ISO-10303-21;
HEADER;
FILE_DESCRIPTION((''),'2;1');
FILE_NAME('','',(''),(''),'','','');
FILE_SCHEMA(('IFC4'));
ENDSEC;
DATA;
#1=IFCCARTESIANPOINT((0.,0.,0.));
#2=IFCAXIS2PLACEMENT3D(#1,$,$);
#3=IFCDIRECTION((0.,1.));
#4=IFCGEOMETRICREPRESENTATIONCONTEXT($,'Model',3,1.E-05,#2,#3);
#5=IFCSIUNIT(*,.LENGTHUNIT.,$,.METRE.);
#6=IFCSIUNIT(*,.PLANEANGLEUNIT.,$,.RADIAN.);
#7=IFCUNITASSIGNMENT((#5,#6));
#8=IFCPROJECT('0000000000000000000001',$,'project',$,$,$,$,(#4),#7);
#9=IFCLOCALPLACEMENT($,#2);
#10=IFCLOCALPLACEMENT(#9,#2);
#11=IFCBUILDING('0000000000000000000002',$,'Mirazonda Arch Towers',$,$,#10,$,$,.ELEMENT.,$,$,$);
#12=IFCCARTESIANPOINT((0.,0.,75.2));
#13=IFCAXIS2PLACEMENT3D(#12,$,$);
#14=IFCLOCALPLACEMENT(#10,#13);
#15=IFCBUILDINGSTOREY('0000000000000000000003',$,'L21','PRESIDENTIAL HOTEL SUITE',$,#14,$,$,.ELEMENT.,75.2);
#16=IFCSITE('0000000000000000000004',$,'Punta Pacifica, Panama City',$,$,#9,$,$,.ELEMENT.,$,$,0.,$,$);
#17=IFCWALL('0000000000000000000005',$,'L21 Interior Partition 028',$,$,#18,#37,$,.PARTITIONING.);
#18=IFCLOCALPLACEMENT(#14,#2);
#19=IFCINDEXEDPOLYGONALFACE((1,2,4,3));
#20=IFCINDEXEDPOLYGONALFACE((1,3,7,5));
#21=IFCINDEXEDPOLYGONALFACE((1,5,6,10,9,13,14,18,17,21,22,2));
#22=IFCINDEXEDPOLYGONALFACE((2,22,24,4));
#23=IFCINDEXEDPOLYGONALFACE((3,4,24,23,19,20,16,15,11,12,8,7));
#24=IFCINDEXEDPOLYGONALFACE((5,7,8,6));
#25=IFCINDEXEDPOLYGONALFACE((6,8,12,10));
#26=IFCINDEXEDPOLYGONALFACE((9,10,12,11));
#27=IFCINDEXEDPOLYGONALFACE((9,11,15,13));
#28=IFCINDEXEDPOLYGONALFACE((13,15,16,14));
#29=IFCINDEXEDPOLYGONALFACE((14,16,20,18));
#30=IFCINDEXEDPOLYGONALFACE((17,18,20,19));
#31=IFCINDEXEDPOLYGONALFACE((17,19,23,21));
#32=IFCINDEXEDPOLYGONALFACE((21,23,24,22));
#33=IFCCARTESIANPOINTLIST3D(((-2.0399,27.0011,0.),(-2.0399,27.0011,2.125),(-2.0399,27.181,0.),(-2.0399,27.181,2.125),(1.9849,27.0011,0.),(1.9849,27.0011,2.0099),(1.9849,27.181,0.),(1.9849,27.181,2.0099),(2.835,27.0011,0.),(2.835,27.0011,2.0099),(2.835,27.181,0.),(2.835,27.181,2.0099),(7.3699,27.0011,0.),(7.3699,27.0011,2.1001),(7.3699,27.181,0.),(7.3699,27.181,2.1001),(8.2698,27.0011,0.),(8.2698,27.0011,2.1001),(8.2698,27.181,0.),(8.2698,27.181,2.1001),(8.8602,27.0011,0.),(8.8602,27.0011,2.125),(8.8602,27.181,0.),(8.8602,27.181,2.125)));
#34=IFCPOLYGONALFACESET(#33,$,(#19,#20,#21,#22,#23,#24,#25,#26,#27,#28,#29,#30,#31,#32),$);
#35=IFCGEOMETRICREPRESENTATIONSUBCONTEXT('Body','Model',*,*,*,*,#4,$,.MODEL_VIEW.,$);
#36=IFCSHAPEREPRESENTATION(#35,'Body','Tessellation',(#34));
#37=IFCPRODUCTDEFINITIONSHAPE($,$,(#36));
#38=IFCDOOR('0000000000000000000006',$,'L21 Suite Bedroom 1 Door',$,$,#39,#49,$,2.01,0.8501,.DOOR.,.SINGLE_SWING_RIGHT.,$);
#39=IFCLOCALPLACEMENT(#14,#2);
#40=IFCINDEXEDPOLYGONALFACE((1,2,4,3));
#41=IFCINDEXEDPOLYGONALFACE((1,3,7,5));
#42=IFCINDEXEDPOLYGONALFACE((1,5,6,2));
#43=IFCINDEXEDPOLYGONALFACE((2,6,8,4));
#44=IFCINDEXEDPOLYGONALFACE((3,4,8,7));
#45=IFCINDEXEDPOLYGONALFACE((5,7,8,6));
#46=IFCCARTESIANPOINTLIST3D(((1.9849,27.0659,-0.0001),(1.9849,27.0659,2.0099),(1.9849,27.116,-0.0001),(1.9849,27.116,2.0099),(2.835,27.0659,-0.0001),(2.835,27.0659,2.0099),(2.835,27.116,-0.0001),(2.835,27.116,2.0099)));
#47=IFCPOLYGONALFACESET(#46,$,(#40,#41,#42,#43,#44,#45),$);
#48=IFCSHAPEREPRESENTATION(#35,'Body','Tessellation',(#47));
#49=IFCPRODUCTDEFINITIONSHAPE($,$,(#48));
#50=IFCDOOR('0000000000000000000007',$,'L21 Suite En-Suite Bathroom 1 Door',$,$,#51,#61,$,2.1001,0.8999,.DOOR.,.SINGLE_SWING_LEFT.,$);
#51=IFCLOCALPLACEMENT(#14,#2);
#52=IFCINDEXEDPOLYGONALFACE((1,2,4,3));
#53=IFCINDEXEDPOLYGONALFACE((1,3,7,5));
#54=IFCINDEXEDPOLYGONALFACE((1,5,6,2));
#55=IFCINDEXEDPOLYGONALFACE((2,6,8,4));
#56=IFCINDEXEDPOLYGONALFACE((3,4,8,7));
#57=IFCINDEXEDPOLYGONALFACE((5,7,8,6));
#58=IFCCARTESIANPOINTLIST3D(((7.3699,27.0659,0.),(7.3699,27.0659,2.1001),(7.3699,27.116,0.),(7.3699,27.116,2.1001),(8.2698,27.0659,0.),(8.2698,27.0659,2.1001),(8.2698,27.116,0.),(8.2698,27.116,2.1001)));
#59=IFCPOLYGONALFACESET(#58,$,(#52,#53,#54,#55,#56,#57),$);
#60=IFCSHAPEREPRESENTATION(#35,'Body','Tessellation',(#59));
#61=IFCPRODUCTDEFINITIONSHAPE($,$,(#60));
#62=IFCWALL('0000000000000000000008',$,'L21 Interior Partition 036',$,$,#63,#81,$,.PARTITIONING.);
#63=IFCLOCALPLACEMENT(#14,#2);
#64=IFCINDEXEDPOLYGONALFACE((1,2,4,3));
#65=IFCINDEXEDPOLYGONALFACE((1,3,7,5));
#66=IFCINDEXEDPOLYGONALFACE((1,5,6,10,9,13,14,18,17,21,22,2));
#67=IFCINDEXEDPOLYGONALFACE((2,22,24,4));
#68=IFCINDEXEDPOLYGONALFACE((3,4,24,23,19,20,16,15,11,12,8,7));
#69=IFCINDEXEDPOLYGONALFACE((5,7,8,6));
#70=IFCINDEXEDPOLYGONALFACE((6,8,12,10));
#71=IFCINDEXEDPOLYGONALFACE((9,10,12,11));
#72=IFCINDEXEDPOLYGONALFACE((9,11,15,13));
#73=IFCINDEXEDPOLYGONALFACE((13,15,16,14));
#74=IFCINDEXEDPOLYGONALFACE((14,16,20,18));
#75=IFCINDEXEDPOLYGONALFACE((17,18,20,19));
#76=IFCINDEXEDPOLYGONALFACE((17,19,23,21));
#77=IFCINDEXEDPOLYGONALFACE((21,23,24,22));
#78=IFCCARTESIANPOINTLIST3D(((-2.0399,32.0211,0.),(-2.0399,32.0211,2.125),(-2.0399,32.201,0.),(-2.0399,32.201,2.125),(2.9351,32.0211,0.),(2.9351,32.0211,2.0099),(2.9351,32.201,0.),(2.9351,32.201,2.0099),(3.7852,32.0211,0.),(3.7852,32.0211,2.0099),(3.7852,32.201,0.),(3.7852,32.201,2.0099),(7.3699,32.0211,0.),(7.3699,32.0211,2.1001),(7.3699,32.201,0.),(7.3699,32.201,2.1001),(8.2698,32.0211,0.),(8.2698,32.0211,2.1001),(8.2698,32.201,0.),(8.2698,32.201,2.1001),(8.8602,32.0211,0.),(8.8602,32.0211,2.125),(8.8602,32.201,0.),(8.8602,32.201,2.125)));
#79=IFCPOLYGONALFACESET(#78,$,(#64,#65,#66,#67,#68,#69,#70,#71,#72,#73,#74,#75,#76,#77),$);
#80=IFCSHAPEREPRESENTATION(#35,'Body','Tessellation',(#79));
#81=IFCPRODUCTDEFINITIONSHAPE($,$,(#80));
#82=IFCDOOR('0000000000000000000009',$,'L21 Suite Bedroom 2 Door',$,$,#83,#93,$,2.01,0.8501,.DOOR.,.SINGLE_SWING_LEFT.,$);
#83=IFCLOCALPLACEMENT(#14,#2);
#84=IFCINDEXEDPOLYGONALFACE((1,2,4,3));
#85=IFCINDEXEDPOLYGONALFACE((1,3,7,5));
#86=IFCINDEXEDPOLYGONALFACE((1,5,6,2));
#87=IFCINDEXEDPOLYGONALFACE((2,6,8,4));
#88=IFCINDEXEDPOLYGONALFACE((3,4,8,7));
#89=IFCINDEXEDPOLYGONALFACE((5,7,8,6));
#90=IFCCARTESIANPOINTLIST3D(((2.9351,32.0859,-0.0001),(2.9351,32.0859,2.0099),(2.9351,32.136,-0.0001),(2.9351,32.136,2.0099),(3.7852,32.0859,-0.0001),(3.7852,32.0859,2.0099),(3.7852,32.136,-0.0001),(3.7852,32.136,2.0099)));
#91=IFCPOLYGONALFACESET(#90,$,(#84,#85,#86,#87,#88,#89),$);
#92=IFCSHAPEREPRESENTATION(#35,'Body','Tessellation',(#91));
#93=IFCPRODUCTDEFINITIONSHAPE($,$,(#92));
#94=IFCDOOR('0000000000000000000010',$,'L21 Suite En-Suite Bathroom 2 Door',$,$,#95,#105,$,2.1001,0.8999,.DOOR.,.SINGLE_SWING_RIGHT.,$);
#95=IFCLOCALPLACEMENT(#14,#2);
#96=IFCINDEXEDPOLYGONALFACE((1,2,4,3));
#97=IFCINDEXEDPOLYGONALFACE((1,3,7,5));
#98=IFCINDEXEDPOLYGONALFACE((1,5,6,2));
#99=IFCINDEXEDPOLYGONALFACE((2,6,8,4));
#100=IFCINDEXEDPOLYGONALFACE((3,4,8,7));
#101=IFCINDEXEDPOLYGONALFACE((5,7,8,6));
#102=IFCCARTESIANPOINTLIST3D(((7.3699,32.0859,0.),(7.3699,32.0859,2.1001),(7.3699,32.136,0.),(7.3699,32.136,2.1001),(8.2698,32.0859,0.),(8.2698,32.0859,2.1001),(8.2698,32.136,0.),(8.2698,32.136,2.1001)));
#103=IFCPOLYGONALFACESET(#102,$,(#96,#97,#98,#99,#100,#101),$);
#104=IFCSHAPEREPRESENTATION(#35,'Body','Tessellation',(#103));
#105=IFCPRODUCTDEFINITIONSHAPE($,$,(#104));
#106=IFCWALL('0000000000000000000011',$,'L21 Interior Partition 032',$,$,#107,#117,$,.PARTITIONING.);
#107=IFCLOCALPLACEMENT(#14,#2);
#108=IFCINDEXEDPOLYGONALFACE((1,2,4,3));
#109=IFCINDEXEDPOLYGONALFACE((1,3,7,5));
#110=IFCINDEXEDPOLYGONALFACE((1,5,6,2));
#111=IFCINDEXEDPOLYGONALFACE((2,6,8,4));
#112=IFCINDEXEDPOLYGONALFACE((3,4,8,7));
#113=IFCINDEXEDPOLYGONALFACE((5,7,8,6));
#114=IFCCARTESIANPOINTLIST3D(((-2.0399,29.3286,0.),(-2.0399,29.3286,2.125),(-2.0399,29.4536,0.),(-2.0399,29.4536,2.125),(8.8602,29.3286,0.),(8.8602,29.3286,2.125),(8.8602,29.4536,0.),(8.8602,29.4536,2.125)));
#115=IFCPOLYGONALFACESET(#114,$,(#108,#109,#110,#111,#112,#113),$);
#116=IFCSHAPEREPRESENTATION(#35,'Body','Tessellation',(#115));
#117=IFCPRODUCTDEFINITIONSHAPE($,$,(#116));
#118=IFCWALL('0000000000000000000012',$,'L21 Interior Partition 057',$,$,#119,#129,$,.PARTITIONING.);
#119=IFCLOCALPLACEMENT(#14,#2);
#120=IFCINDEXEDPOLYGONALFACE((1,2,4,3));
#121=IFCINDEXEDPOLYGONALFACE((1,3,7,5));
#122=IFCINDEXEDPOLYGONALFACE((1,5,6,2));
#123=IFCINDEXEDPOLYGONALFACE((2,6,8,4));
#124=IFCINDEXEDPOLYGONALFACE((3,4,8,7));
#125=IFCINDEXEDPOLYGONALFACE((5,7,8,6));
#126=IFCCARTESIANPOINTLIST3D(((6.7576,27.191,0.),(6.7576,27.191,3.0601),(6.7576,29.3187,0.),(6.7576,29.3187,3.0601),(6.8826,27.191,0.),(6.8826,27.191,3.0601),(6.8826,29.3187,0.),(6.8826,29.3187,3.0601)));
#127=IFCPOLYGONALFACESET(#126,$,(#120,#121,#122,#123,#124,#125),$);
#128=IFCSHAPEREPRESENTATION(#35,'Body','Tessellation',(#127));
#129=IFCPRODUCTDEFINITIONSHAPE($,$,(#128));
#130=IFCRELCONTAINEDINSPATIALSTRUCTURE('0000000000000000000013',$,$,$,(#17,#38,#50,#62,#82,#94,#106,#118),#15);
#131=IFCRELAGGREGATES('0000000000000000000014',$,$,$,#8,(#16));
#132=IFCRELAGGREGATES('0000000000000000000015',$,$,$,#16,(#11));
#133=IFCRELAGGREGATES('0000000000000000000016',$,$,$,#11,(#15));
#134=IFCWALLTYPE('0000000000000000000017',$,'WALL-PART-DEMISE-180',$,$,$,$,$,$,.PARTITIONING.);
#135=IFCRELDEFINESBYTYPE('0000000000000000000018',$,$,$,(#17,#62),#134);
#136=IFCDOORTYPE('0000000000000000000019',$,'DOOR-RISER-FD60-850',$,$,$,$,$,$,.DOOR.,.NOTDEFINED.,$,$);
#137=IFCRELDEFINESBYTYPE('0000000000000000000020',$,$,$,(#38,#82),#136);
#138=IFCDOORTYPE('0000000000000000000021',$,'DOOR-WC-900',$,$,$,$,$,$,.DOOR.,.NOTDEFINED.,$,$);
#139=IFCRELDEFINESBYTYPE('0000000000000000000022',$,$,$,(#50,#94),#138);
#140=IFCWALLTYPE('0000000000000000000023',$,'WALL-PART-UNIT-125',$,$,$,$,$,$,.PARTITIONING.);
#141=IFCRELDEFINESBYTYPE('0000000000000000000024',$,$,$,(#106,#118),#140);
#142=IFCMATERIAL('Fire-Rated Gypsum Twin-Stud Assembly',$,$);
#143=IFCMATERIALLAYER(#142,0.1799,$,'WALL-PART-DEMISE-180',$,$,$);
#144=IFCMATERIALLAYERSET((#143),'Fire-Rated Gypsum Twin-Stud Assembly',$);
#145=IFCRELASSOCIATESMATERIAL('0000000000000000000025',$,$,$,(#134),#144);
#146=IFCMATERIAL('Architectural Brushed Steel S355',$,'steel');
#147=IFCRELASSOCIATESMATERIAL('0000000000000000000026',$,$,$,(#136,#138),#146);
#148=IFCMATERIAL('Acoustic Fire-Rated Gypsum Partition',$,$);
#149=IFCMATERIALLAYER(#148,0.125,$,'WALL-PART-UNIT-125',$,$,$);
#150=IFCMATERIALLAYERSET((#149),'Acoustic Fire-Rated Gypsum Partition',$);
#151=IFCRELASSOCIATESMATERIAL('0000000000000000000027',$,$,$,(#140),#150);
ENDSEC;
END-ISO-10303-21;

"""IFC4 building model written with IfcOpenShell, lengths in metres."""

from ifc_helpers import new_model, si_unit, direction, frame, frame_2d, origin, place, context, subcontext, project, spatial, rectangle, extrude, material, layer, layer_set, type_object, element, fill, save


model = new_model("IFC4")

# Units and contexts
model_context = context("Model", 3, precision=1e-05, world=origin(), true_north=direction((0.0, 1.0)))
body_context = subcontext(model_context, "Body", "Model", "MODEL_VIEW")
ifc_project = project(units=[si_unit("LENGTHUNIT", "METRE"), si_unit("PLANEANGLEUNIT", "RADIAN")], contexts=[model_context])

# Site, building, storey
site_placement = place(None, origin())
site = spatial("IfcSite", under=ifc_project, at=site_placement, Name="Punta Pacifica, Panama City", CompositionType="ELEMENT", RefElevation=0.0)
building_placement = place(site_placement, origin())
building = spatial("IfcBuilding", under=site, at=building_placement, Name="Mirazonda Arch Towers", CompositionType="ELEMENT")
storey_placement = place(building_placement, frame((0.0, 0.0, 75.2)))
storey = spatial("IfcBuildingStorey", under=building, at=storey_placement, Name="L21", Description="PRESIDENTIAL HOTEL SUITE", CompositionType="ELEMENT", Elevation=75.2)

# Walls, openings, doors
ifc_material_1 = material(Name="Fire-Rated Gypsum Twin-Stud Assembly")
ifc_layer_1 = layer(ifc_material_1, 0.1799, Name="WALL-PART-DEMISE-180")
ifc_layer_set_1 = layer_set([ifc_layer_1], Name="Fire-Rated Gypsum Twin-Stud Assembly")
wall_type_1 = type_object("IfcWallType", Name="WALL-PART-DEMISE-180", PredefinedType="PARTITIONING", material=ifc_layer_set_1)
wall_1_placement = place(storey_placement, frame((-2.04, 27.0911, 0.0), z_axis=(0.0, 0.0, 1.0), x_axis=(1.0, 0.0, 0.0)))
wall_1 = element("IfcWall", 1, at=wall_1_placement, inside=storey, type_object=wall_type_1, Name="L21 Interior Partition 028", PredefinedType="PARTITIONING", context=body_context, shape_type="SweptSolid", body=[
    extrude(rectangle(XDim=10.9001, YDim=0.1799, at=frame_2d((5.4502, 0.0))), origin(), (0.0, 0.0, 1.0), 2.125),
])
opening_1_placement = place(wall_1_placement, frame((4.0249, 0.0, 0.0)))
opening_1 = element("IfcOpeningElement", 2, at=opening_1_placement, cuts=wall_1, PredefinedType="OPENING", context=body_context, shape_type="SweptSolid", body=[
    extrude(rectangle(XDim=0.8501, YDim=2.01, at=frame_2d((0.425, 1.0049))), frame((0.0, 0.0999, 0.0), z_axis=(0.0, -1.0, 0.0), x_axis=(1.0, 0.0, 0.0)), (0.0, 0.0, 1.0), 0.2),
])
opening_2_placement = place(wall_1_placement, frame((9.4099, 0.0, 0.0)))
opening_2 = element("IfcOpeningElement", 3, at=opening_2_placement, cuts=wall_1, PredefinedType="OPENING", context=body_context, shape_type="SweptSolid", body=[
    extrude(rectangle(XDim=0.8999, YDim=2.1001, at=frame_2d((0.45, 1.05))), frame((0.0, 0.0999, 0.0), z_axis=(0.0, -1.0, 0.0), x_axis=(1.0, 0.0, 0.0)), (0.0, 0.0, 1.0), 0.2),
])
ifc_material_2 = material(Name="Architectural Brushed Steel S355", Category="steel")
door_type_1 = type_object("IfcDoorType", Name="DOOR-RISER-FD60-850", OperationType="NOTDEFINED", PredefinedType="DOOR", material=ifc_material_2)
door_1_placement = place(opening_1_placement, origin())
door_1 = element("IfcDoor", 4, at=door_1_placement, inside=storey, type_object=door_type_1, Name="L21 Suite Bedroom 1 Door", OperationType="SINGLE_SWING_RIGHT", OverallHeight=2.01, OverallWidth=0.8501, PredefinedType="DOOR", context=body_context, shape_type="SweptSolid", body=[
    extrude(rectangle(XDim=0.8501, YDim=2.01, at=frame_2d((0.425, 1.0049))), frame((0.0, 0.0249, 0.0), z_axis=(0.0, -1.0, 0.0), x_axis=(1.0, 0.0, 0.0)), (0.0, 0.0, 1.0), 0.05),
])
fill(opening_1, door_1)
door_type_2 = type_object("IfcDoorType", Name="DOOR-WC-900", OperationType="NOTDEFINED", PredefinedType="DOOR", material=ifc_material_2)
door_2_placement = place(opening_2_placement, origin())
door_2 = element("IfcDoor", 5, at=door_2_placement, inside=storey, type_object=door_type_2, Name="L21 Suite En-Suite Bathroom 1 Door", OperationType="SINGLE_SWING_LEFT", OverallHeight=2.1001, OverallWidth=0.8999, PredefinedType="DOOR", context=body_context, shape_type="SweptSolid", body=[
    extrude(rectangle(XDim=0.8999, YDim=2.1001, at=frame_2d((0.45, 1.05))), frame((0.0, 0.0249, 0.0), z_axis=(0.0, -1.0, 0.0), x_axis=(1.0, 0.0, 0.0)), (0.0, 0.0, 1.0), 0.05),
])
fill(opening_2, door_2)
wall_2_placement = place(storey_placement, frame((-2.04, 32.1111, 0.0), z_axis=(0.0, 0.0, 1.0), x_axis=(1.0, 0.0, 0.0)))
wall_2 = element("IfcWall", 6, at=wall_2_placement, inside=storey, type_object=wall_type_1, Name="L21 Interior Partition 036", PredefinedType="PARTITIONING", context=body_context, shape_type="SweptSolid", body=[
    extrude(rectangle(XDim=10.9001, YDim=0.1799, at=frame_2d((5.4502, 0.0))), origin(), (0.0, 0.0, 1.0), 2.125),
])
opening_3_placement = place(wall_2_placement, frame((4.9751, 0.0, 0.0)))
opening_3 = element("IfcOpeningElement", 7, at=opening_3_placement, cuts=wall_2, PredefinedType="OPENING", context=body_context, shape_type="SweptSolid", body=[
    extrude(rectangle(XDim=0.8501, YDim=2.01, at=frame_2d((0.425, 1.0049))), frame((0.0, 0.0999, 0.0), z_axis=(0.0, -1.0, 0.0), x_axis=(1.0, 0.0, 0.0)), (0.0, 0.0, 1.0), 0.2),
])
opening_4_placement = place(wall_2_placement, frame((9.4099, 0.0, 0.0)))
opening_4 = element("IfcOpeningElement", 8, at=opening_4_placement, cuts=wall_2, PredefinedType="OPENING", context=body_context, shape_type="SweptSolid", body=[
    extrude(rectangle(XDim=0.8999, YDim=2.1001, at=frame_2d((0.45, 1.05))), frame((0.0, 0.0999, 0.0), z_axis=(0.0, -1.0, 0.0), x_axis=(1.0, 0.0, 0.0)), (0.0, 0.0, 1.0), 0.2),
])
door_3_placement = place(opening_3_placement, origin())
door_3 = element("IfcDoor", 9, at=door_3_placement, inside=storey, type_object=door_type_1, Name="L21 Suite Bedroom 2 Door", OperationType="SINGLE_SWING_LEFT", OverallHeight=2.01, OverallWidth=0.8501, PredefinedType="DOOR", context=body_context, shape_type="SweptSolid", body=[
    extrude(rectangle(XDim=0.8501, YDim=2.01, at=frame_2d((0.425, 1.0049))), frame((0.0, 0.0249, 0.0), z_axis=(0.0, -1.0, 0.0), x_axis=(1.0, 0.0, 0.0)), (0.0, 0.0, 1.0), 0.05),
])
fill(opening_3, door_3)
door_4_placement = place(opening_4_placement, origin())
door_4 = element("IfcDoor", 10, at=door_4_placement, inside=storey, type_object=door_type_2, Name="L21 Suite En-Suite Bathroom 2 Door", OperationType="SINGLE_SWING_RIGHT", OverallHeight=2.1001, OverallWidth=0.8999, PredefinedType="DOOR", context=body_context, shape_type="SweptSolid", body=[
    extrude(rectangle(XDim=0.8999, YDim=2.1001, at=frame_2d((0.45, 1.05))), frame((0.0, 0.0249, 0.0), z_axis=(0.0, -1.0, 0.0), x_axis=(1.0, 0.0, 0.0)), (0.0, 0.0, 1.0), 0.05),
])
fill(opening_4, door_4)

# Walls
ifc_material_3 = material(Name="Acoustic Fire-Rated Gypsum Partition")
ifc_layer_2 = layer(ifc_material_3, 0.125, Name="WALL-PART-UNIT-125")
ifc_layer_set_2 = layer_set([ifc_layer_2], Name="Acoustic Fire-Rated Gypsum Partition")
wall_type_2 = type_object("IfcWallType", Name="WALL-PART-UNIT-125", PredefinedType="PARTITIONING", material=ifc_layer_set_2)
wall_3_placement = place(storey_placement, frame((-2.04, 29.3911, 0.0), z_axis=(0.0, 0.0, 1.0), x_axis=(1.0, 0.0, 0.0)))
element("IfcWall", 11, at=wall_3_placement, inside=storey, type_object=wall_type_2, Name="L21 Interior Partition 032", PredefinedType="PARTITIONING", context=body_context, shape_type="SweptSolid", body=[
    extrude(rectangle(XDim=10.9001, YDim=0.125, at=frame_2d((5.4502, 0.0))), origin(), (0.0, 0.0, 1.0), 2.125),
])
wall_4_placement = place(storey_placement, frame((6.8201, 27.1909, 0.0), z_axis=(0.0, 0.0, 1.0), x_axis=(0.0, 1.0, 0.0)))
element("IfcWall", 12, at=wall_4_placement, inside=storey, type_object=wall_type_2, Name="L21 Interior Partition 057", PredefinedType="PARTITIONING", context=body_context, shape_type="SweptSolid", body=[
    extrude(rectangle(XDim=2.1277, YDim=0.125, at=frame_2d((1.064, 0.0))), origin(), (0.0, 0.0, 1.0), 3.0601),
])

save(model, "model.ifc")
